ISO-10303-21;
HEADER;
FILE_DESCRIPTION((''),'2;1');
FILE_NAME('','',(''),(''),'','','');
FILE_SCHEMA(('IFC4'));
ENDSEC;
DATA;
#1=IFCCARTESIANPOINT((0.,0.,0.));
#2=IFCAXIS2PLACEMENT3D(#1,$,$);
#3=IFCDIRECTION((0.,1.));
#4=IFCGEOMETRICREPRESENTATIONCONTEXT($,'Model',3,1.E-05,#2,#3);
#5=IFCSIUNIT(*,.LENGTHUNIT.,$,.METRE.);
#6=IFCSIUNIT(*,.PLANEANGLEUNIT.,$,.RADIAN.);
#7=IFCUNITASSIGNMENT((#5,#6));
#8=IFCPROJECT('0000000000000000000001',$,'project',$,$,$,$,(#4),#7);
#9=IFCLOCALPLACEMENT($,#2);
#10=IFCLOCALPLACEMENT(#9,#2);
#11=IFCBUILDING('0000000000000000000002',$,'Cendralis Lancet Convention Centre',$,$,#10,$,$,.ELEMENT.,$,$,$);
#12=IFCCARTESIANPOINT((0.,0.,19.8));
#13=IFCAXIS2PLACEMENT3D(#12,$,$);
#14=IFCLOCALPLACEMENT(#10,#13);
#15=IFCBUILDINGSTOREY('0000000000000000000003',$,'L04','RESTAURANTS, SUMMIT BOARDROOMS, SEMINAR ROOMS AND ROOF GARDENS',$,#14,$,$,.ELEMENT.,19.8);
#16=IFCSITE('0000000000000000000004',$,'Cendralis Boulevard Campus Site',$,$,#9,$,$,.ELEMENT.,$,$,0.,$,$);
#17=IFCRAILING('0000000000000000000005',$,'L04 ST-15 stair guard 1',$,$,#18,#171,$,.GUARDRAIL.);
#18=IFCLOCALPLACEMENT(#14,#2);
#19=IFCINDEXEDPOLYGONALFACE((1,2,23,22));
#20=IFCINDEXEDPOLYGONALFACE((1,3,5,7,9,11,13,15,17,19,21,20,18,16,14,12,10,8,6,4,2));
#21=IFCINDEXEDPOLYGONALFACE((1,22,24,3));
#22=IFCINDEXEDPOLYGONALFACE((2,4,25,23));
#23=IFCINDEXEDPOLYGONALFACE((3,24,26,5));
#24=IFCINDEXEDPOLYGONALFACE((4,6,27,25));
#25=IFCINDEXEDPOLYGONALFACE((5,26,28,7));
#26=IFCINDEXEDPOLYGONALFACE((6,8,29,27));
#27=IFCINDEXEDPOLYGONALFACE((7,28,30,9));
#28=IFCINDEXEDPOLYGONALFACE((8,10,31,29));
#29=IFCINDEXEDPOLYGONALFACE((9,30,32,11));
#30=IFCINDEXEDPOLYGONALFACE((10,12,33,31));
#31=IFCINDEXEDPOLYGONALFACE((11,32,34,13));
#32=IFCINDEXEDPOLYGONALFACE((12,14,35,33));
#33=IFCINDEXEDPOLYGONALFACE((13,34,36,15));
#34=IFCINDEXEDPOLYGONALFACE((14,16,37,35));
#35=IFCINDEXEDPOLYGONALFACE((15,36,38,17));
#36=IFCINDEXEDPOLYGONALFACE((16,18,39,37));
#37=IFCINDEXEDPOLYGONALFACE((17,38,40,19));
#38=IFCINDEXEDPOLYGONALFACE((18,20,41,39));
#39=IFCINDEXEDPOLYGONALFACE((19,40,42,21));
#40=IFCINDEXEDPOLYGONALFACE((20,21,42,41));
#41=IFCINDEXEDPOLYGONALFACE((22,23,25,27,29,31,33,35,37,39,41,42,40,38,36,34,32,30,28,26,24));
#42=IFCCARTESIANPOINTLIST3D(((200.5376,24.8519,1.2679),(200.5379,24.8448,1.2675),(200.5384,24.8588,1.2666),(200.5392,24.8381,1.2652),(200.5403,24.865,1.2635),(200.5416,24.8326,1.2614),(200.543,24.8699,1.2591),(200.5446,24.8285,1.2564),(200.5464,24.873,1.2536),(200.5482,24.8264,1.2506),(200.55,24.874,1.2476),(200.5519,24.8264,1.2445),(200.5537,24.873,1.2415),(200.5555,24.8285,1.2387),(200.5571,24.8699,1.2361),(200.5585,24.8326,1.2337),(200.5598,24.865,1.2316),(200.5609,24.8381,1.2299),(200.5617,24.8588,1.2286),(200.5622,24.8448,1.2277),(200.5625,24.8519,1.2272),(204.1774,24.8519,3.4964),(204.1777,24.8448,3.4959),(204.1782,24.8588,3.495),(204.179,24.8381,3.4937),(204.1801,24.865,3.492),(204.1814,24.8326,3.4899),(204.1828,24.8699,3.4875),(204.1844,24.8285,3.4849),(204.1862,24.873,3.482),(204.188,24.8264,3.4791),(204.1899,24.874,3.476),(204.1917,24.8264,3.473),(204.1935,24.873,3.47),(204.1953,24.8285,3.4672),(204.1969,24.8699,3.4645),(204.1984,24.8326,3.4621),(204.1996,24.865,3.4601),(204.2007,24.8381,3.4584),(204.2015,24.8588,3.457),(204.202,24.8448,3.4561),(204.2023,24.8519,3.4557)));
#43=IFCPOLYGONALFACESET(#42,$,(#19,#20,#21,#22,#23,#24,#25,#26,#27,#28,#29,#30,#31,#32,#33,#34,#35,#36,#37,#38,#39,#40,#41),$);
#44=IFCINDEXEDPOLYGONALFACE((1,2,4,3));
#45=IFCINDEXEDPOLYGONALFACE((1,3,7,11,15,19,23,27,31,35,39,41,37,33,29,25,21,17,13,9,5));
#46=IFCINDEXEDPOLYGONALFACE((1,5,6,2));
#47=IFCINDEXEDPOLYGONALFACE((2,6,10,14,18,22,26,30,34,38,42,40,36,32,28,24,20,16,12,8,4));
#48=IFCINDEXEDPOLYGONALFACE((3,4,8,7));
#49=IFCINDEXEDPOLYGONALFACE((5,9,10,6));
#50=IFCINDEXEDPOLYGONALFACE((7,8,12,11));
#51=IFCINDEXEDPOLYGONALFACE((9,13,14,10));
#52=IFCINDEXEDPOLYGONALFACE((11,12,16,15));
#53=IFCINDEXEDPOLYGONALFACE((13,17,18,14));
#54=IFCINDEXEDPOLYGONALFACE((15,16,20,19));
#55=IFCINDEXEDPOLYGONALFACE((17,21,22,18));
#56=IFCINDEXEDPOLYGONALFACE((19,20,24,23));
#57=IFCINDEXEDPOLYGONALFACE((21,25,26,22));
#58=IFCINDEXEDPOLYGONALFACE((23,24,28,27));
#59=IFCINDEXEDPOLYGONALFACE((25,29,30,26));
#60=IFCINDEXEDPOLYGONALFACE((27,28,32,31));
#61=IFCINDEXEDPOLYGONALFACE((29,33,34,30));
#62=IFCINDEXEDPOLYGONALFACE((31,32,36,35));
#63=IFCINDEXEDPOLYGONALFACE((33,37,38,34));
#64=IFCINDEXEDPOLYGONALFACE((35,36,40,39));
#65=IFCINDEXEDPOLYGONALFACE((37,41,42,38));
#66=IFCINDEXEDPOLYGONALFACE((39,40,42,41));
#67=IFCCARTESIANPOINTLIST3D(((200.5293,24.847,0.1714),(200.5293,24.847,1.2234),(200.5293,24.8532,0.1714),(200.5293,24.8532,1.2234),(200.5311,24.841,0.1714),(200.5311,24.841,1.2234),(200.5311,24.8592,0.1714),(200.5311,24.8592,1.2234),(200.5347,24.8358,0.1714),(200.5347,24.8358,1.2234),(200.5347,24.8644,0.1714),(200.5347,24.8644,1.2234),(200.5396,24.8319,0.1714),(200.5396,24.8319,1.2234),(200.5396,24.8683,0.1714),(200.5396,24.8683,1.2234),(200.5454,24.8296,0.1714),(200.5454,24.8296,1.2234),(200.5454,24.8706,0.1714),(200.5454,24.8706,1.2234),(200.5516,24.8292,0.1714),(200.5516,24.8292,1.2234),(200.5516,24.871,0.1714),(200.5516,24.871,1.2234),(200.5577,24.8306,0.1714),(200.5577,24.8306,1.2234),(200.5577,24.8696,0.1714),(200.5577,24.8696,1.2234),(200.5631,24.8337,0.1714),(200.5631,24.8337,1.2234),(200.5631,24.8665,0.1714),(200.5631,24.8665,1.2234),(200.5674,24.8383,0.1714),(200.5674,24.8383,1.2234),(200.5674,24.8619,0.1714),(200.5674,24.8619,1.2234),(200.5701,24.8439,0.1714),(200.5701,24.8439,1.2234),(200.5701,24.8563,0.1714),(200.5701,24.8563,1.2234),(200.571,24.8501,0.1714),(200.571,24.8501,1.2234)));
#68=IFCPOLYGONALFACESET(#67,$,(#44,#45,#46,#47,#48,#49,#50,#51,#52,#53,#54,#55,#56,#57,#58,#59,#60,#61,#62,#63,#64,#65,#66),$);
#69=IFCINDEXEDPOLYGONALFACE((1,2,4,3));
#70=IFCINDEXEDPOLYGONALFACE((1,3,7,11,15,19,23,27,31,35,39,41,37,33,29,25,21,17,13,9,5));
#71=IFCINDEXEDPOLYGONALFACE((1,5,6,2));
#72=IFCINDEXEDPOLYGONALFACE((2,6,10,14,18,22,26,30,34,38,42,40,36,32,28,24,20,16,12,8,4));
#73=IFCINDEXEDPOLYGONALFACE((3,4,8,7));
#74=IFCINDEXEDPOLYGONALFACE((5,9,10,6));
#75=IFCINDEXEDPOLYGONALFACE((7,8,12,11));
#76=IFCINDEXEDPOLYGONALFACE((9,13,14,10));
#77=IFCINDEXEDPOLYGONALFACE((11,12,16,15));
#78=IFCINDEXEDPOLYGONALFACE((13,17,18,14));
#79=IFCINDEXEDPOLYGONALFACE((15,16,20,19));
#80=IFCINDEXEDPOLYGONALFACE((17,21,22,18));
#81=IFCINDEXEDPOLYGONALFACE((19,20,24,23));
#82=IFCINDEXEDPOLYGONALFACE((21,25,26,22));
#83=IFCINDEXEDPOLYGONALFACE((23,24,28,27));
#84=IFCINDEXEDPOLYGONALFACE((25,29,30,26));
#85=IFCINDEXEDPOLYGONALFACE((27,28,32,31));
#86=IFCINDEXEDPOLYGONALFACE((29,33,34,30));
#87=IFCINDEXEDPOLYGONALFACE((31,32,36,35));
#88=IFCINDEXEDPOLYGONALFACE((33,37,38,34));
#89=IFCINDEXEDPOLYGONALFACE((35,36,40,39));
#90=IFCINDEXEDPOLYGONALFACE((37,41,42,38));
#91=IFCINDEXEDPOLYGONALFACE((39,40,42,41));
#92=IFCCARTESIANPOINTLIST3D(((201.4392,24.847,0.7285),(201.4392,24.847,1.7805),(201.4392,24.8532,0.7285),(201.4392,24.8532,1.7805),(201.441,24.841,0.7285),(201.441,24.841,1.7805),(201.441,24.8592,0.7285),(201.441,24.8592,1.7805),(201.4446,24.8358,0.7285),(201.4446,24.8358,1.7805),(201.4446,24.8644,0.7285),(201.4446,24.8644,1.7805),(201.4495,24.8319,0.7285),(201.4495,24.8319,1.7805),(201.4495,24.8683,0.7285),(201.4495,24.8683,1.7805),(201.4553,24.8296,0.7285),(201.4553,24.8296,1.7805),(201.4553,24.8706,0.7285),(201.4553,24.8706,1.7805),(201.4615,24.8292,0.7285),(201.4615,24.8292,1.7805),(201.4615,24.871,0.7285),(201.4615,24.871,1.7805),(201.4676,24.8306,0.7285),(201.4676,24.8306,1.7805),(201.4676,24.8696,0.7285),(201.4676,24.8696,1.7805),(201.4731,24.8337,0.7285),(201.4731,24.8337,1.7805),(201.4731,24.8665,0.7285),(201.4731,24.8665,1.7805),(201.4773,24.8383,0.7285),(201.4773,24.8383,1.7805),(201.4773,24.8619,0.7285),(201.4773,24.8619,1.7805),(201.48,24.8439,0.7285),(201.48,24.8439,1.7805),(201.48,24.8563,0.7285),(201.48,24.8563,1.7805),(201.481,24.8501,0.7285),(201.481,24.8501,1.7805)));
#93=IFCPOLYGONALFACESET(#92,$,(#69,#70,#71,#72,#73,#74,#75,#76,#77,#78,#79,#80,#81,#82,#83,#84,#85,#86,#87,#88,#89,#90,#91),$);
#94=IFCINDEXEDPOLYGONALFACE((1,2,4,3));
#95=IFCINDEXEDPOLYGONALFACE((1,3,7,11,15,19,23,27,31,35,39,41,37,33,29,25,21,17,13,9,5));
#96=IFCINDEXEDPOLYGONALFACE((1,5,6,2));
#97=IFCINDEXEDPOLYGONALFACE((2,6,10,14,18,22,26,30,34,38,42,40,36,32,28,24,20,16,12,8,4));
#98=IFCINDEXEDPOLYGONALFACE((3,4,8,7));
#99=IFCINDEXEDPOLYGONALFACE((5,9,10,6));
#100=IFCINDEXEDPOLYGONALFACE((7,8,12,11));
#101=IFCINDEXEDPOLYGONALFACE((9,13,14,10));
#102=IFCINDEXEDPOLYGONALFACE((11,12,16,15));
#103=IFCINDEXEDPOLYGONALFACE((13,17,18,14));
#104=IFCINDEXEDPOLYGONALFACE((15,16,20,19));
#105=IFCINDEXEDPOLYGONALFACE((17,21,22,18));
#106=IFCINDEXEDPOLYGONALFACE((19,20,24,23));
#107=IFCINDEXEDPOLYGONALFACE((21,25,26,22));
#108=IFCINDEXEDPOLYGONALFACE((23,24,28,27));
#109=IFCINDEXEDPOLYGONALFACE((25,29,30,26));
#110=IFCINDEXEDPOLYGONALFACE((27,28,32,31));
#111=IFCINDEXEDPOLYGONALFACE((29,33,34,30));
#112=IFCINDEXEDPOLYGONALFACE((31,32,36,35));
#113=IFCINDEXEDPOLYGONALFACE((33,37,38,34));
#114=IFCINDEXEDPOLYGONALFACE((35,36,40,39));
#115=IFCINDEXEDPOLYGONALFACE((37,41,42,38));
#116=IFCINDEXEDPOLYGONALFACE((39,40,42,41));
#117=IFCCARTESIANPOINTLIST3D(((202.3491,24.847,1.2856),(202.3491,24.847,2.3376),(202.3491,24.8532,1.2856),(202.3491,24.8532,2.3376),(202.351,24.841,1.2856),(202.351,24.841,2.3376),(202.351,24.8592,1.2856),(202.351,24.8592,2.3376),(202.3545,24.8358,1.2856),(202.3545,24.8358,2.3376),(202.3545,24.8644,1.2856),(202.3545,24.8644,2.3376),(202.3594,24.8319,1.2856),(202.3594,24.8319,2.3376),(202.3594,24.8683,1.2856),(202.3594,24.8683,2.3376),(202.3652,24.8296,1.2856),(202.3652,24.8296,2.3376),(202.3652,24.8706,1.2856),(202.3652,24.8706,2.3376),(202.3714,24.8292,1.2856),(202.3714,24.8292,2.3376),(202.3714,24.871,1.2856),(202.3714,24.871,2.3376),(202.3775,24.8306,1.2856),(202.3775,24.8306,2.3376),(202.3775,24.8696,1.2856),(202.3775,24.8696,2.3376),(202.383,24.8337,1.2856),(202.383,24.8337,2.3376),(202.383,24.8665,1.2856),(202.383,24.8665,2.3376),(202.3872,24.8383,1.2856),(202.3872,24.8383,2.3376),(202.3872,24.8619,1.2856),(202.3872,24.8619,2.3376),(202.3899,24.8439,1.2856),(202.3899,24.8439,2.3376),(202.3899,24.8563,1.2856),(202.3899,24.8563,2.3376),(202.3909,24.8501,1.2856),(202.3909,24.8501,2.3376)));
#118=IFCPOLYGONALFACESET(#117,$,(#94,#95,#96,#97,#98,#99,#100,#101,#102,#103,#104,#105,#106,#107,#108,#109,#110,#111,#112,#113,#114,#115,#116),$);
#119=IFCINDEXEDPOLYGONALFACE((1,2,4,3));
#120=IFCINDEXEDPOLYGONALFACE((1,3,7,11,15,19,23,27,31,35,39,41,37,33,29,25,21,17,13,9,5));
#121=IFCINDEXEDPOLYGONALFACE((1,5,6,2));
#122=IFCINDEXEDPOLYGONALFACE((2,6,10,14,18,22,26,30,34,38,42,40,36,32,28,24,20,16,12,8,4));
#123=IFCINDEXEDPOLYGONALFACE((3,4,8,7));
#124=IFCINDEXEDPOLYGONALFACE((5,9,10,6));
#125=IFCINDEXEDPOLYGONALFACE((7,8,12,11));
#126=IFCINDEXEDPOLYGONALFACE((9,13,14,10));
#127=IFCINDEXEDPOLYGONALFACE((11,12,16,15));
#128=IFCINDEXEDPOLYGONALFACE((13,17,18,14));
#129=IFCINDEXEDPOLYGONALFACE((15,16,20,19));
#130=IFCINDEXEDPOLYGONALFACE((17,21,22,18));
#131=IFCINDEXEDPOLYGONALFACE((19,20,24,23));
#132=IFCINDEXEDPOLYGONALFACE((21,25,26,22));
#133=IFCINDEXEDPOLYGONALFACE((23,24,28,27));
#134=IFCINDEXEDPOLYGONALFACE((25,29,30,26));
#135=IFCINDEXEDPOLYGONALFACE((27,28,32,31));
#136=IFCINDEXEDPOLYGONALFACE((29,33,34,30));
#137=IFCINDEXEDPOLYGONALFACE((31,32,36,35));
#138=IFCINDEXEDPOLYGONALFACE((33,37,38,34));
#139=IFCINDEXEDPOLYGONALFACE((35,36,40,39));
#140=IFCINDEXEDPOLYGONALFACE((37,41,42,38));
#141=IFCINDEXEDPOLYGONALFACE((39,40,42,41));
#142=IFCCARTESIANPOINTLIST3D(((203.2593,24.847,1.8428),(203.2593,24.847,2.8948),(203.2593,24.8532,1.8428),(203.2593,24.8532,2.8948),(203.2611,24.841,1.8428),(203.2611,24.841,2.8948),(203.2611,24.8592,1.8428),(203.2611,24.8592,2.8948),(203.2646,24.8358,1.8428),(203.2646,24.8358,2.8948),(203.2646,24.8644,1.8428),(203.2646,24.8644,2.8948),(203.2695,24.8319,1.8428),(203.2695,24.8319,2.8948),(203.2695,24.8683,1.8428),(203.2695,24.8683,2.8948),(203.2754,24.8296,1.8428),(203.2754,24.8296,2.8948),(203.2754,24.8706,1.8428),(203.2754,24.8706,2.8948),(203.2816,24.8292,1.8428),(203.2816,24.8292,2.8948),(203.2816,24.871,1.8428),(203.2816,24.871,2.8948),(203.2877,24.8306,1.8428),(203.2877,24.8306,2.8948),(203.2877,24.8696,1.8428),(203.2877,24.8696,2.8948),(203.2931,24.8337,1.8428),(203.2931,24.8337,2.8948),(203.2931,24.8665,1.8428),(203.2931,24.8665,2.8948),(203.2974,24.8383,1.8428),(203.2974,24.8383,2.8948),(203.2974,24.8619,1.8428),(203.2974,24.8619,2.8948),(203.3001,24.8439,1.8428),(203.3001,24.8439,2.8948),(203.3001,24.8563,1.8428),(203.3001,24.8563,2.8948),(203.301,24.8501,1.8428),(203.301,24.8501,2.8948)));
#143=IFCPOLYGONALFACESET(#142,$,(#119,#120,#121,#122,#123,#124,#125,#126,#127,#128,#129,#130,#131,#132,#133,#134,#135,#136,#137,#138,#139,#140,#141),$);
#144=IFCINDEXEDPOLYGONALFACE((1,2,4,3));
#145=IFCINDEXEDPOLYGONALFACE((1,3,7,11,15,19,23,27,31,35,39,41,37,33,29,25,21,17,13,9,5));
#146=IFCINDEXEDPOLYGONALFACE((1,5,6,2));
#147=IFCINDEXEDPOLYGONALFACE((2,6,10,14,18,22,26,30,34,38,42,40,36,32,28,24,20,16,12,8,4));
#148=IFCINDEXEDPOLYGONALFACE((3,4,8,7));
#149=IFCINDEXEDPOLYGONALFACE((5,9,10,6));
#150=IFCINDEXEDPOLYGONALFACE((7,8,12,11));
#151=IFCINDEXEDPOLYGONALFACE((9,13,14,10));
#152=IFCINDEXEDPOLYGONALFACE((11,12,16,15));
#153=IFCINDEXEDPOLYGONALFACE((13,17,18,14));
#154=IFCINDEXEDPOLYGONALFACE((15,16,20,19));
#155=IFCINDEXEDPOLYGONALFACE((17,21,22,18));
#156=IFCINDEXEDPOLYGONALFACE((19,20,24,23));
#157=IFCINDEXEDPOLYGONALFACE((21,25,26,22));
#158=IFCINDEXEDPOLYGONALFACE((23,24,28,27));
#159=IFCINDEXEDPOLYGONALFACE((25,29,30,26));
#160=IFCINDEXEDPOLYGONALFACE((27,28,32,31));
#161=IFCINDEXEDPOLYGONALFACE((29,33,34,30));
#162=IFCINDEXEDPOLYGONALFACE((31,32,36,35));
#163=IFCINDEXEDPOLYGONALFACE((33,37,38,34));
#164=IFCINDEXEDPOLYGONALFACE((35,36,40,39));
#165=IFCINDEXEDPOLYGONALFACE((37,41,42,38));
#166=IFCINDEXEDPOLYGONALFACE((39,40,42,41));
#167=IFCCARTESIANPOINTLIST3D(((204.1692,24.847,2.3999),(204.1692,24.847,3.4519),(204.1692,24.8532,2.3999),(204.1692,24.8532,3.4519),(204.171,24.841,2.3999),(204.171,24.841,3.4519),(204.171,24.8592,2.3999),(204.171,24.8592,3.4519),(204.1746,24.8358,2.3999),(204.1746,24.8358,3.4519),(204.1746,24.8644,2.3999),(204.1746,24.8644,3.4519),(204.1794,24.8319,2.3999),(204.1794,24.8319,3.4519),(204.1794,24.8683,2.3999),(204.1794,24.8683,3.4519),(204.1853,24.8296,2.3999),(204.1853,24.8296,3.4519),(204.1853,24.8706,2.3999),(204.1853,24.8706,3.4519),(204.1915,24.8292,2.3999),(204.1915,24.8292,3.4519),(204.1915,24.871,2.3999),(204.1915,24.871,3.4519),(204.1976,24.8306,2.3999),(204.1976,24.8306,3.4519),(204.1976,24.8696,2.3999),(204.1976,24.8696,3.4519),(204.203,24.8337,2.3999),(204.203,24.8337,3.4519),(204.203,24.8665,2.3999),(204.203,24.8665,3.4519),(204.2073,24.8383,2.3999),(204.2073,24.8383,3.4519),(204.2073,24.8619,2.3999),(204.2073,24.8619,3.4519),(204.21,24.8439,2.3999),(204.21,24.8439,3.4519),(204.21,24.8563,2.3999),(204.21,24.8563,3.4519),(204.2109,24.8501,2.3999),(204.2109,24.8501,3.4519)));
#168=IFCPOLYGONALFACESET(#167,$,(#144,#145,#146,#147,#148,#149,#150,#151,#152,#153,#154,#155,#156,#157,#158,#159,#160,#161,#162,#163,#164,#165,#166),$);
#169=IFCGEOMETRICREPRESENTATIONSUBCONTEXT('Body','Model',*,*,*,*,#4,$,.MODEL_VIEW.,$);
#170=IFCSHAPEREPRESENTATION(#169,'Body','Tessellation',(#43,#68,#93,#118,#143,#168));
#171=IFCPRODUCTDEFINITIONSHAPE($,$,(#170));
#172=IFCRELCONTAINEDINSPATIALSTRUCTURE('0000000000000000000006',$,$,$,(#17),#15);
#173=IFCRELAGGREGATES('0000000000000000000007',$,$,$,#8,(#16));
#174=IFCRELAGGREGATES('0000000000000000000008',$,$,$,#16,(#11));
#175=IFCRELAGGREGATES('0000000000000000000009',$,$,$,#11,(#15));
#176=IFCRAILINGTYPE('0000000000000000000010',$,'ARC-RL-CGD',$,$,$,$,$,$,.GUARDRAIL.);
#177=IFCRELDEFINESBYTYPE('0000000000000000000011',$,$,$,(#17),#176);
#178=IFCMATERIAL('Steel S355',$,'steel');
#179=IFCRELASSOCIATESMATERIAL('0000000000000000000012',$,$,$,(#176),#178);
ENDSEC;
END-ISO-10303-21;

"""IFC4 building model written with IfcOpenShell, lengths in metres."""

from ifc_helpers import new_model, si_unit, direction, frame, origin, origin_2d, place, context, subcontext, project, spatial, circle, extrude, material, type_object, element, save


model = new_model("IFC4")

# Units and contexts
model_context = context("Model", 3, precision=1e-05, world=origin(), true_north=direction((0.0, 1.0)))
body_context = subcontext(model_context, "Body", "Model", "MODEL_VIEW")
ifc_project = project(units=[si_unit("LENGTHUNIT", "METRE"), si_unit("PLANEANGLEUNIT", "RADIAN")], contexts=[model_context])

# Site, building, storey
site_placement = place(None, origin())
site = spatial("IfcSite", under=ifc_project, at=site_placement, Name="Cendralis Boulevard Campus Site", CompositionType="ELEMENT", RefElevation=0.0)
building_placement = place(site_placement, origin())
building = spatial("IfcBuilding", under=site, at=building_placement, Name="Cendralis Lancet Convention Centre", CompositionType="ELEMENT")
storey_placement = place(building_placement, frame((0.0, 0.0, 19.8)))
storey = spatial("IfcBuildingStorey", under=building, at=storey_placement, Name="L04", Description="RESTAURANTS, SUMMIT BOARDROOMS, SEMINAR ROOMS AND ROOF GARDENS", CompositionType="ELEMENT", Elevation=19.8)

# Shared definitions
ifc_material_1 = material(Name="Steel S355", Category="steel")

# Railing
railing_type_1 = type_object("IfcRailingType", Name="ARC-RL-CGD", PredefinedType="GUARDRAIL", material=ifc_material_1)
railing_1_placement = place(storey_placement, frame((200.55, 24.8501, 0.1714)))
element("IfcRailing", 1, at=railing_1_placement, inside=storey, type_object=railing_type_1, Name="L04 ST-15 stair guard 1", PredefinedType="GUARDRAIL", context=body_context, shape_type="SweptSolid", body=[
    extrude(circle(Radius=0.0239, at=origin_2d()), frame((0.0, 0.0, 1.0762), z_axis=(0.85285, 0.0, 0.522156), x_axis=(0.0, 1.0, 0.0)), (0.0, 0.0, 1.0), 4.2678),
    extrude(circle(Radius=0.021, at=origin_2d()), origin(), (0.0, 0.0, 1.0), 1.052),
    extrude(circle(Radius=0.021, at=origin_2d()), frame((0.9099, 0.0, 0.5571)), (0.0, 0.0, 1.0), 1.052),
    extrude(circle(Radius=0.021, at=origin_2d()), frame((1.8198, 0.0, 1.1143)), (0.0, 0.0, 1.0), 1.052),
    extrude(circle(Radius=0.021, at=origin_2d()), frame((2.73, 0.0, 1.6714)), (0.0, 0.0, 1.0), 1.052),
    extrude(circle(Radius=0.021, at=origin_2d()), frame((3.6399, 0.0, 2.2285)), (0.0, 0.0, 1.0), 1.052),
])

save(model, "model.ifc")
